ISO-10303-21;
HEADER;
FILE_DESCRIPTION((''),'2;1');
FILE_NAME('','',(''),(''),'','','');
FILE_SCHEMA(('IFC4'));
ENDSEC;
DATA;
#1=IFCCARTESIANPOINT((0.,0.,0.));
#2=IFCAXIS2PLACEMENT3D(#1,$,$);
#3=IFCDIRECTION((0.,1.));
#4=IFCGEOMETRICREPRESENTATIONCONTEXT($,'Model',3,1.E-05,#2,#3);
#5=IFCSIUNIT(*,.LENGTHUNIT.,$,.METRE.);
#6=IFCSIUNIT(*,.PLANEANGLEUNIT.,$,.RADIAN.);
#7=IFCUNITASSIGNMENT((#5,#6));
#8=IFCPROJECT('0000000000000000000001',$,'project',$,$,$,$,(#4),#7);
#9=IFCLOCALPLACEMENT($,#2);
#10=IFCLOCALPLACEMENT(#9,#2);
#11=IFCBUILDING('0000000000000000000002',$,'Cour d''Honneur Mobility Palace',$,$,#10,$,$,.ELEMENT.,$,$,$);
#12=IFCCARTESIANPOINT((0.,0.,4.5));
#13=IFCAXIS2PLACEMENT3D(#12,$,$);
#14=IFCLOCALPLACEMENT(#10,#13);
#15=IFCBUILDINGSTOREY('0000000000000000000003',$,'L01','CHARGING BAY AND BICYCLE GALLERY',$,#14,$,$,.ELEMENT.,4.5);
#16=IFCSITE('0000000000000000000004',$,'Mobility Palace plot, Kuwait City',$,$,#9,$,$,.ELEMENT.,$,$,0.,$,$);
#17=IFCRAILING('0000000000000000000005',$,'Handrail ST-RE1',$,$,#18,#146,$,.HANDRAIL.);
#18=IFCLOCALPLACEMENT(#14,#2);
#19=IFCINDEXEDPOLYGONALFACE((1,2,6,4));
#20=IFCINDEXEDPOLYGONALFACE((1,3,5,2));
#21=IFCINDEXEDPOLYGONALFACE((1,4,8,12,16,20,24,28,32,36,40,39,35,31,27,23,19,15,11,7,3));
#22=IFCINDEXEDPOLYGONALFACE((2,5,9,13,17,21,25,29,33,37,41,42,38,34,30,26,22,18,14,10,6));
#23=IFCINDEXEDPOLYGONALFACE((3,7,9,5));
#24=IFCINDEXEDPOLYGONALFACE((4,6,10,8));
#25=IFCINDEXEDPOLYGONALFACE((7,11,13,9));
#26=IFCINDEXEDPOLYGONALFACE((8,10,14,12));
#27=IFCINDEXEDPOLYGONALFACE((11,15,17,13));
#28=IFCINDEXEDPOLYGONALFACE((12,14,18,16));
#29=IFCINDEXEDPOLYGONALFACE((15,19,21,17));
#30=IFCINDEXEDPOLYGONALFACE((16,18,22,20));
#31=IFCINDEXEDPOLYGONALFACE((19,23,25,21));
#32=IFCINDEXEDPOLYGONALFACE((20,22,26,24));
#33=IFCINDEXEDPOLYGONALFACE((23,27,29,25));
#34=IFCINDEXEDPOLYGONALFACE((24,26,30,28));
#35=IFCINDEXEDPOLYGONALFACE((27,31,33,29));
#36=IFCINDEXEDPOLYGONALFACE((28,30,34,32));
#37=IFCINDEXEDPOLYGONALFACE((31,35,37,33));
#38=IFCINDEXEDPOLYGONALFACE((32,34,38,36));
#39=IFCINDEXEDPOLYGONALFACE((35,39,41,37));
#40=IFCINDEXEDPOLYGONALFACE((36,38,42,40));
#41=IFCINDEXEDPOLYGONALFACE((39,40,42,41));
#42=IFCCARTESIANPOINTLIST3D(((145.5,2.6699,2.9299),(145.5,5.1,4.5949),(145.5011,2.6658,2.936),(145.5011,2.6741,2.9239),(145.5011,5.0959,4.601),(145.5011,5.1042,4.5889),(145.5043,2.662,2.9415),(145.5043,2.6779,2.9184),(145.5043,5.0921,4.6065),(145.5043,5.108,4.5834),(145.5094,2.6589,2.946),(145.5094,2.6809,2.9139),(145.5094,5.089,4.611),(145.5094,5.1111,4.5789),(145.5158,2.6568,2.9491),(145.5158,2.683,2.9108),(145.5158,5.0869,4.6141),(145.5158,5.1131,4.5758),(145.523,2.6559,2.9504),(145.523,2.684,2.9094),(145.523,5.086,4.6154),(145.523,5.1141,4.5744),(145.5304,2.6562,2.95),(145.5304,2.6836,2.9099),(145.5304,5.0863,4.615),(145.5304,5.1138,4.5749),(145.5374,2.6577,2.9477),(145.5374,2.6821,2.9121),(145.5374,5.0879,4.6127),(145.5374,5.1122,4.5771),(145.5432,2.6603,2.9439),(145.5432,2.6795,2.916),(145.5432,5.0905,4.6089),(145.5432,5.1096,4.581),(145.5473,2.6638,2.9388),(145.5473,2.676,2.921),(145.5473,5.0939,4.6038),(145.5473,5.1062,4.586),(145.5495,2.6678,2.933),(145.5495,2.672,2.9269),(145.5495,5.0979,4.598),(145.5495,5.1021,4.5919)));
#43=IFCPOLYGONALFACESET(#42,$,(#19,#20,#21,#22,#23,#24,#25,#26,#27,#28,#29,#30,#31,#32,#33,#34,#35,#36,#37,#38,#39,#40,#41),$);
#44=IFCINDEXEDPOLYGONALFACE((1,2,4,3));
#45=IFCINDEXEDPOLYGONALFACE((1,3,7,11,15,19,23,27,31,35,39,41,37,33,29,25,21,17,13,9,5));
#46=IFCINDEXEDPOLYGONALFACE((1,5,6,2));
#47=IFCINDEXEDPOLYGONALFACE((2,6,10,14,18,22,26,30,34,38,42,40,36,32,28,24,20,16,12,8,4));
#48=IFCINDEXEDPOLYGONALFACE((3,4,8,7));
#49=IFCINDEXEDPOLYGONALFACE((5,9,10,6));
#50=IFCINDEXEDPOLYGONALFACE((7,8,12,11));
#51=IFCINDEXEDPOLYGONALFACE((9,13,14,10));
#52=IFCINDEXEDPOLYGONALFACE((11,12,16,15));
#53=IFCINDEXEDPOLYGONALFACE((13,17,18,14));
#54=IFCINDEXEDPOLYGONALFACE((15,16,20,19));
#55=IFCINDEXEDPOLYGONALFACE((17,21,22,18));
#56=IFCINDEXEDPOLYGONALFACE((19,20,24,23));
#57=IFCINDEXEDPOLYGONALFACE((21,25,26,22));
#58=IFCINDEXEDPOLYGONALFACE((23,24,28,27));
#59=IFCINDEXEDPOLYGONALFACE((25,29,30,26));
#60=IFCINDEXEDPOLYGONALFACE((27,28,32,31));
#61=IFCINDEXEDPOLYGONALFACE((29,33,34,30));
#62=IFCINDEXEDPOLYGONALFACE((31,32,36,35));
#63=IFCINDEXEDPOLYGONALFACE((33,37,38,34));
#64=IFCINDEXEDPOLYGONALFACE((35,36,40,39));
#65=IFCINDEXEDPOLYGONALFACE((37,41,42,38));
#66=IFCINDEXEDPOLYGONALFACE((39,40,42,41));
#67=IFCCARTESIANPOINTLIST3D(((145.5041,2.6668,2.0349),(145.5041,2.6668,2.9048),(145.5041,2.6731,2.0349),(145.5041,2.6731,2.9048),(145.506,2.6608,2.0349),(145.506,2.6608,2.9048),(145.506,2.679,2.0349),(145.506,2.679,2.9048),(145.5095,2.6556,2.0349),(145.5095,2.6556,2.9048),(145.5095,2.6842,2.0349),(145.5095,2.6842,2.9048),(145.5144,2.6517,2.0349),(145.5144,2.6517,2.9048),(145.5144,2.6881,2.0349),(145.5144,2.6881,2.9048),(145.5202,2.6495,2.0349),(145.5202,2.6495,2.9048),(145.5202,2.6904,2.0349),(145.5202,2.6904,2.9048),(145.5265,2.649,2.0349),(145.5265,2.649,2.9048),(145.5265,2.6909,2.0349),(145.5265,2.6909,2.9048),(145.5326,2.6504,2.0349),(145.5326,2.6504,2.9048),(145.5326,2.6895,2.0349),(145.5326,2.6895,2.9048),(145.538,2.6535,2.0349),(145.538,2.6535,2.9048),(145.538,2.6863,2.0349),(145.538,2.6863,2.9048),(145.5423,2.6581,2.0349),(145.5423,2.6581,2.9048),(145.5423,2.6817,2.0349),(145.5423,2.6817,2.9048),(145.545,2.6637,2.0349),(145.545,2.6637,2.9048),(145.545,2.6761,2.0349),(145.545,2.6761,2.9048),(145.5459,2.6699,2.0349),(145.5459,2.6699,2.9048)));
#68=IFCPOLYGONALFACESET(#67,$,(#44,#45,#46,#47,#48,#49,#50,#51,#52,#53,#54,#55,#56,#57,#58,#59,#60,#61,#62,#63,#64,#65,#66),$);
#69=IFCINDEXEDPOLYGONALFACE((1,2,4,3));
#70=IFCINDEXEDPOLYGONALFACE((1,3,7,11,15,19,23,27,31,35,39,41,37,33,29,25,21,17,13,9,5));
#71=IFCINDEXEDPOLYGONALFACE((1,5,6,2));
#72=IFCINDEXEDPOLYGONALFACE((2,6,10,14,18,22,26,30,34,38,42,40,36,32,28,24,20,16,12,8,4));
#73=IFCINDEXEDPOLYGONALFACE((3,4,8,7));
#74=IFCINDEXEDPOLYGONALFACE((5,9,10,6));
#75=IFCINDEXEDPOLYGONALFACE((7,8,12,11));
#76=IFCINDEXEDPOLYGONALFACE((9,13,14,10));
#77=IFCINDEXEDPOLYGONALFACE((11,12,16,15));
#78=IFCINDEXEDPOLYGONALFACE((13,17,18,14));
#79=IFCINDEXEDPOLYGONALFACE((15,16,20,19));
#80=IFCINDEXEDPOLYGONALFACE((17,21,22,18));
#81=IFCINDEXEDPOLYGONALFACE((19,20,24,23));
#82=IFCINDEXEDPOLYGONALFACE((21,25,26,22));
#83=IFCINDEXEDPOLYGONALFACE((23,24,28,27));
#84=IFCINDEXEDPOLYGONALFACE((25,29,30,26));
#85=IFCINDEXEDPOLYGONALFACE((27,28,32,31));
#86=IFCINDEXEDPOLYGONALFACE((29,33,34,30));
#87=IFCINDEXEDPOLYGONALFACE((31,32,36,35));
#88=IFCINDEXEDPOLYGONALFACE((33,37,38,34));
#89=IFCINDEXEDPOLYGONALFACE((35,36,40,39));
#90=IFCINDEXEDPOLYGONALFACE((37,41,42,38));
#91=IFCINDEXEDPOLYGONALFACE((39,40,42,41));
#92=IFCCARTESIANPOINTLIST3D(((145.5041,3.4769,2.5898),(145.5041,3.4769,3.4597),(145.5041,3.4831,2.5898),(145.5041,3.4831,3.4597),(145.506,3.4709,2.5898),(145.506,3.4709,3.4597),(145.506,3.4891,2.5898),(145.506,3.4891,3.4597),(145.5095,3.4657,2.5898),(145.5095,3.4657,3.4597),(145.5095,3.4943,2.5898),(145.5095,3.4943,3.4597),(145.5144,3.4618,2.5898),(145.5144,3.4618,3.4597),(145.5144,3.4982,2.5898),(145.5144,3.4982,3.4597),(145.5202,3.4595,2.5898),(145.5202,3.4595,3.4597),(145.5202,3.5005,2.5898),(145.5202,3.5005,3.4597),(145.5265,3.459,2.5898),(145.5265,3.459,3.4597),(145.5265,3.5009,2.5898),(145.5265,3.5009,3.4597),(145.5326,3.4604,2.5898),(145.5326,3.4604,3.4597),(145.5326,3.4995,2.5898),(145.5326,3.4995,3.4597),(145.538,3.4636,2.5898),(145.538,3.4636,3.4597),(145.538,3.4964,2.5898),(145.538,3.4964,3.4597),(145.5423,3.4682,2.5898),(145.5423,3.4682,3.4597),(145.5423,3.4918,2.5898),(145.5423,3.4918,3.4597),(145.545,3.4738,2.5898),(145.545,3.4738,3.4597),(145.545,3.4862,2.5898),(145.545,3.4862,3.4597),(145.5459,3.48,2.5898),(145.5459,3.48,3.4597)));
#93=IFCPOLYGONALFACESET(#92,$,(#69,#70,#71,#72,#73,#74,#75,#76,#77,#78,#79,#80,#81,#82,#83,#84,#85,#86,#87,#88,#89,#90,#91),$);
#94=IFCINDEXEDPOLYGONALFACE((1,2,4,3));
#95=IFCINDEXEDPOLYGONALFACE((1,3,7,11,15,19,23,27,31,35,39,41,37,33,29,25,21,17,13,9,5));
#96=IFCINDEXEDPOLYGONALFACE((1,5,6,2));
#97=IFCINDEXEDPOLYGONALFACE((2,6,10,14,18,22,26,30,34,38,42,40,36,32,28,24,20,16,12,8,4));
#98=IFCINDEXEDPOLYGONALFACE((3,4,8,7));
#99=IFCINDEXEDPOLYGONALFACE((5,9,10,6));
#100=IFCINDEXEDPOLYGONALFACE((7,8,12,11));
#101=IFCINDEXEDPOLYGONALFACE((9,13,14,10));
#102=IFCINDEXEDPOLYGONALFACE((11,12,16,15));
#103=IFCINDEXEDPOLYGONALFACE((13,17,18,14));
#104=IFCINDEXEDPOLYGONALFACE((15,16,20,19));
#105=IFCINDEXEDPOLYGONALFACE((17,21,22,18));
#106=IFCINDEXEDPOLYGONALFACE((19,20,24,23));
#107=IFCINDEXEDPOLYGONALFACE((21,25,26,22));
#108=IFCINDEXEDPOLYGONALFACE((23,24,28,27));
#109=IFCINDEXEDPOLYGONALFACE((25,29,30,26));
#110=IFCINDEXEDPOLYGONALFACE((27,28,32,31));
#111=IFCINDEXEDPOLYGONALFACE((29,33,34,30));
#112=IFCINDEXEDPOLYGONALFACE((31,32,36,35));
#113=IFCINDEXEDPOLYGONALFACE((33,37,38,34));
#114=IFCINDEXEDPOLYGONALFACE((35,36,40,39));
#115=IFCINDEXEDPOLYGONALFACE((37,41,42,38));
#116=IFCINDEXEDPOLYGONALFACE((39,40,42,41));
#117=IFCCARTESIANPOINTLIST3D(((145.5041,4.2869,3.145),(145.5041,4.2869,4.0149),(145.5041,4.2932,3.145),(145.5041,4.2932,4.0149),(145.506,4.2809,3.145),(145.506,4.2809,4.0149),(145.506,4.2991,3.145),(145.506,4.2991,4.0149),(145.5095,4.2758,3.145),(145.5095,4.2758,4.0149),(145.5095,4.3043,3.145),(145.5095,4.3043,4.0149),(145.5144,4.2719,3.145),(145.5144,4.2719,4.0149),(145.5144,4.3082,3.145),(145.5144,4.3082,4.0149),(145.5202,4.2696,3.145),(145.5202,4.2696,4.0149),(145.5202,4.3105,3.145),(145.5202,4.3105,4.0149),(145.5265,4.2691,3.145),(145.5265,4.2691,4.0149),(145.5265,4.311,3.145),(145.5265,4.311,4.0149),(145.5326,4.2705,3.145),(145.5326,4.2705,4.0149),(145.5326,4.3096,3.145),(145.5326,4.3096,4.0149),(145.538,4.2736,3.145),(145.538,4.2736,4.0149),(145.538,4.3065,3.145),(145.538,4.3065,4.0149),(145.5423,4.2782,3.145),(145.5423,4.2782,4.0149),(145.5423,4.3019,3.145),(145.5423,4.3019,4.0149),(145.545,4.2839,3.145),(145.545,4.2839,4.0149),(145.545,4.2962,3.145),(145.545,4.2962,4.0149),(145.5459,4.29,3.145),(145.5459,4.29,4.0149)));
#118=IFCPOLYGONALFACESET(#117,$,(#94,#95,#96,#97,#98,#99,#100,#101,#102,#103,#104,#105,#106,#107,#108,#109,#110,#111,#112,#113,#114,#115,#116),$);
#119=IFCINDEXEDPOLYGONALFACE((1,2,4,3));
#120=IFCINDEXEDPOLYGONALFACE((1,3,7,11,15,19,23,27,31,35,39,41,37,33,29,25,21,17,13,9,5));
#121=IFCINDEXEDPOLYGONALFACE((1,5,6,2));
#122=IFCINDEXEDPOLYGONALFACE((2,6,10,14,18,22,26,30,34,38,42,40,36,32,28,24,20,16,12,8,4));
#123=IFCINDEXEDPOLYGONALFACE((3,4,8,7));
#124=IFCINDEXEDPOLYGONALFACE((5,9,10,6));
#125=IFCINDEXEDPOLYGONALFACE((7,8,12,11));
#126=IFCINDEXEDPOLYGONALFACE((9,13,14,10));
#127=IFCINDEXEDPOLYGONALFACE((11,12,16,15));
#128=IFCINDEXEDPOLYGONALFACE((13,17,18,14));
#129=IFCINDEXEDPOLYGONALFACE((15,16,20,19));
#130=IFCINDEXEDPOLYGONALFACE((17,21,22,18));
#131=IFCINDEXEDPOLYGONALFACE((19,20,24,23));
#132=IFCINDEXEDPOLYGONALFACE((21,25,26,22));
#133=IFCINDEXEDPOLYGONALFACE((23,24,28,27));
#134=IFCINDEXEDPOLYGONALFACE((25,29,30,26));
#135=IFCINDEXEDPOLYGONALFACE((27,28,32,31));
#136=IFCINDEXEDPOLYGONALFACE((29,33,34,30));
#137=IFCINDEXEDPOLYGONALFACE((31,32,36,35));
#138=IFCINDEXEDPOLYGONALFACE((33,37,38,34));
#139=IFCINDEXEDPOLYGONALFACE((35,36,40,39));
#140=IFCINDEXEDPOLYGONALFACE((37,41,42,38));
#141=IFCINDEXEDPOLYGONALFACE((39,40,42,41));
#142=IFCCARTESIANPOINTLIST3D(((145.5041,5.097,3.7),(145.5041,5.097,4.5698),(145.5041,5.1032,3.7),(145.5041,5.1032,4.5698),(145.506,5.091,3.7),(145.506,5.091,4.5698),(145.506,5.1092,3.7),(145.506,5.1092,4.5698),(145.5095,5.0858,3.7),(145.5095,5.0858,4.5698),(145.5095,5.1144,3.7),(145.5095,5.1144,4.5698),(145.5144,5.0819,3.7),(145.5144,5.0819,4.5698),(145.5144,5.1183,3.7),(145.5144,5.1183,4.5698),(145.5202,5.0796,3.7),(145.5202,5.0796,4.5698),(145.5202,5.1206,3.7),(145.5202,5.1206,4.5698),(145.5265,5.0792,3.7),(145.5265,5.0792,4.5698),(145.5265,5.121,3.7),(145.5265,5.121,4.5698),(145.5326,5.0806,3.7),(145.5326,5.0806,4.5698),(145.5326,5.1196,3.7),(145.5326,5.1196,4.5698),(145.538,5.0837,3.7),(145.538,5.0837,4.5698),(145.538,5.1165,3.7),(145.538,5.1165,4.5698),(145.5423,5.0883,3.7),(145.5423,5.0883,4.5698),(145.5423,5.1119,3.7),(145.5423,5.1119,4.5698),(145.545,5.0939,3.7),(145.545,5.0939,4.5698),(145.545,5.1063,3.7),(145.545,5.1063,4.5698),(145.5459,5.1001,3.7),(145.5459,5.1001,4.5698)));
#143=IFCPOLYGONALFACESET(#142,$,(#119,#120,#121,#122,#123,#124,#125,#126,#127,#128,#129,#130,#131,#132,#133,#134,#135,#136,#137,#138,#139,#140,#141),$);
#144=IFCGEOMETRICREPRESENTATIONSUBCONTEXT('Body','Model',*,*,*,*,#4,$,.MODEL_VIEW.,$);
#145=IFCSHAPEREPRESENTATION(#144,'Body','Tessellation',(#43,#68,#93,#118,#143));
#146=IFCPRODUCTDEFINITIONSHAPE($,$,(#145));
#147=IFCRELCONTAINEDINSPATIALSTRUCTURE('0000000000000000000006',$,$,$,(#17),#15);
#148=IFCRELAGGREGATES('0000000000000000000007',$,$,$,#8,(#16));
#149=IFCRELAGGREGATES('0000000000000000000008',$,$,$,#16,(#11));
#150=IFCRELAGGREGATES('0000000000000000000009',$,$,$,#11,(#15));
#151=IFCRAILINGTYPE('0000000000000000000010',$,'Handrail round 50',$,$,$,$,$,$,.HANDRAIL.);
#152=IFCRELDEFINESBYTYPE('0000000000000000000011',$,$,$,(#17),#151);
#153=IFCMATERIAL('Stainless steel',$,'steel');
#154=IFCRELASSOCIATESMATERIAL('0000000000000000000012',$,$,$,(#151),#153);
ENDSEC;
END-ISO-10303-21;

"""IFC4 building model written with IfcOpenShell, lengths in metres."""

from ifc_helpers import new_model, si_unit, direction, frame, origin, origin_2d, place, context, subcontext, project, spatial, circle, extrude, material, type_object, element, save


model = new_model("IFC4")

# Units and contexts
model_context = context("Model", 3, precision=1e-05, world=origin(), true_north=direction((0.0, 1.0)))
body_context = subcontext(model_context, "Body", "Model", "MODEL_VIEW")
ifc_project = project(units=[si_unit("LENGTHUNIT", "METRE"), si_unit("PLANEANGLEUNIT", "RADIAN")], contexts=[model_context])

# Site, building, storey
site_placement = place(None, origin())
site = spatial("IfcSite", under=ifc_project, at=site_placement, Name="Mobility Palace plot, Kuwait City", CompositionType="ELEMENT", RefElevation=0.0)
building_placement = place(site_placement, origin())
building = spatial("IfcBuilding", under=site, at=building_placement, Name="Cour d'Honneur Mobility Palace", CompositionType="ELEMENT")
storey_placement = place(building_placement, frame((0.0, 0.0, 4.5)))
storey = spatial("IfcBuildingStorey", under=building, at=storey_placement, Name="L01", Description="CHARGING BAY AND BICYCLE GALLERY", CompositionType="ELEMENT", Elevation=4.5)

# Railing
ifc_material_1 = material(Name="Stainless steel", Category="steel")
railing_type_1 = type_object("IfcRailingType", Name="Handrail round 50", PredefinedType="HANDRAIL", material=ifc_material_1)
for number, where, name in (
    (1, (145.5249, 2.6699, 2.0349), "Handrail ST-RE1"),
):
    element("IfcRailing", number, at=place(storey_placement, frame(where)), inside=storey, type_object=railing_type_1, Name=name, PredefinedType="HANDRAIL", context=body_context, shape_type="SweptSolid", body=[
        extrude(circle(Radius=0.0249, at=origin_2d()), frame((0.0, 0.0, 0.895), z_axis=(0.0, 0.824945, 0.565213), x_axis=(-1.0, 0.0, 0.0)), (0.0, 0.0, 1.0), 2.9458),
        extrude(circle(Radius=0.021, at=origin_2d()), origin(), (0.0, 0.0, 1.0), 0.8699),
        extrude(circle(Radius=0.021, at=origin_2d()), frame((0.0, 0.8101, 0.5549)), (0.0, 0.0, 1.0), 0.8699),
        extrude(circle(Radius=0.021, at=origin_2d()), frame((0.0, 1.6201, 1.1101)), (0.0, 0.0, 1.0), 0.8699),
        extrude(circle(Radius=0.021, at=origin_2d()), frame((0.0, 2.4302, 1.665)), (0.0, 0.0, 1.0), 0.8699),
    ])

save(model, "model.ifc")
